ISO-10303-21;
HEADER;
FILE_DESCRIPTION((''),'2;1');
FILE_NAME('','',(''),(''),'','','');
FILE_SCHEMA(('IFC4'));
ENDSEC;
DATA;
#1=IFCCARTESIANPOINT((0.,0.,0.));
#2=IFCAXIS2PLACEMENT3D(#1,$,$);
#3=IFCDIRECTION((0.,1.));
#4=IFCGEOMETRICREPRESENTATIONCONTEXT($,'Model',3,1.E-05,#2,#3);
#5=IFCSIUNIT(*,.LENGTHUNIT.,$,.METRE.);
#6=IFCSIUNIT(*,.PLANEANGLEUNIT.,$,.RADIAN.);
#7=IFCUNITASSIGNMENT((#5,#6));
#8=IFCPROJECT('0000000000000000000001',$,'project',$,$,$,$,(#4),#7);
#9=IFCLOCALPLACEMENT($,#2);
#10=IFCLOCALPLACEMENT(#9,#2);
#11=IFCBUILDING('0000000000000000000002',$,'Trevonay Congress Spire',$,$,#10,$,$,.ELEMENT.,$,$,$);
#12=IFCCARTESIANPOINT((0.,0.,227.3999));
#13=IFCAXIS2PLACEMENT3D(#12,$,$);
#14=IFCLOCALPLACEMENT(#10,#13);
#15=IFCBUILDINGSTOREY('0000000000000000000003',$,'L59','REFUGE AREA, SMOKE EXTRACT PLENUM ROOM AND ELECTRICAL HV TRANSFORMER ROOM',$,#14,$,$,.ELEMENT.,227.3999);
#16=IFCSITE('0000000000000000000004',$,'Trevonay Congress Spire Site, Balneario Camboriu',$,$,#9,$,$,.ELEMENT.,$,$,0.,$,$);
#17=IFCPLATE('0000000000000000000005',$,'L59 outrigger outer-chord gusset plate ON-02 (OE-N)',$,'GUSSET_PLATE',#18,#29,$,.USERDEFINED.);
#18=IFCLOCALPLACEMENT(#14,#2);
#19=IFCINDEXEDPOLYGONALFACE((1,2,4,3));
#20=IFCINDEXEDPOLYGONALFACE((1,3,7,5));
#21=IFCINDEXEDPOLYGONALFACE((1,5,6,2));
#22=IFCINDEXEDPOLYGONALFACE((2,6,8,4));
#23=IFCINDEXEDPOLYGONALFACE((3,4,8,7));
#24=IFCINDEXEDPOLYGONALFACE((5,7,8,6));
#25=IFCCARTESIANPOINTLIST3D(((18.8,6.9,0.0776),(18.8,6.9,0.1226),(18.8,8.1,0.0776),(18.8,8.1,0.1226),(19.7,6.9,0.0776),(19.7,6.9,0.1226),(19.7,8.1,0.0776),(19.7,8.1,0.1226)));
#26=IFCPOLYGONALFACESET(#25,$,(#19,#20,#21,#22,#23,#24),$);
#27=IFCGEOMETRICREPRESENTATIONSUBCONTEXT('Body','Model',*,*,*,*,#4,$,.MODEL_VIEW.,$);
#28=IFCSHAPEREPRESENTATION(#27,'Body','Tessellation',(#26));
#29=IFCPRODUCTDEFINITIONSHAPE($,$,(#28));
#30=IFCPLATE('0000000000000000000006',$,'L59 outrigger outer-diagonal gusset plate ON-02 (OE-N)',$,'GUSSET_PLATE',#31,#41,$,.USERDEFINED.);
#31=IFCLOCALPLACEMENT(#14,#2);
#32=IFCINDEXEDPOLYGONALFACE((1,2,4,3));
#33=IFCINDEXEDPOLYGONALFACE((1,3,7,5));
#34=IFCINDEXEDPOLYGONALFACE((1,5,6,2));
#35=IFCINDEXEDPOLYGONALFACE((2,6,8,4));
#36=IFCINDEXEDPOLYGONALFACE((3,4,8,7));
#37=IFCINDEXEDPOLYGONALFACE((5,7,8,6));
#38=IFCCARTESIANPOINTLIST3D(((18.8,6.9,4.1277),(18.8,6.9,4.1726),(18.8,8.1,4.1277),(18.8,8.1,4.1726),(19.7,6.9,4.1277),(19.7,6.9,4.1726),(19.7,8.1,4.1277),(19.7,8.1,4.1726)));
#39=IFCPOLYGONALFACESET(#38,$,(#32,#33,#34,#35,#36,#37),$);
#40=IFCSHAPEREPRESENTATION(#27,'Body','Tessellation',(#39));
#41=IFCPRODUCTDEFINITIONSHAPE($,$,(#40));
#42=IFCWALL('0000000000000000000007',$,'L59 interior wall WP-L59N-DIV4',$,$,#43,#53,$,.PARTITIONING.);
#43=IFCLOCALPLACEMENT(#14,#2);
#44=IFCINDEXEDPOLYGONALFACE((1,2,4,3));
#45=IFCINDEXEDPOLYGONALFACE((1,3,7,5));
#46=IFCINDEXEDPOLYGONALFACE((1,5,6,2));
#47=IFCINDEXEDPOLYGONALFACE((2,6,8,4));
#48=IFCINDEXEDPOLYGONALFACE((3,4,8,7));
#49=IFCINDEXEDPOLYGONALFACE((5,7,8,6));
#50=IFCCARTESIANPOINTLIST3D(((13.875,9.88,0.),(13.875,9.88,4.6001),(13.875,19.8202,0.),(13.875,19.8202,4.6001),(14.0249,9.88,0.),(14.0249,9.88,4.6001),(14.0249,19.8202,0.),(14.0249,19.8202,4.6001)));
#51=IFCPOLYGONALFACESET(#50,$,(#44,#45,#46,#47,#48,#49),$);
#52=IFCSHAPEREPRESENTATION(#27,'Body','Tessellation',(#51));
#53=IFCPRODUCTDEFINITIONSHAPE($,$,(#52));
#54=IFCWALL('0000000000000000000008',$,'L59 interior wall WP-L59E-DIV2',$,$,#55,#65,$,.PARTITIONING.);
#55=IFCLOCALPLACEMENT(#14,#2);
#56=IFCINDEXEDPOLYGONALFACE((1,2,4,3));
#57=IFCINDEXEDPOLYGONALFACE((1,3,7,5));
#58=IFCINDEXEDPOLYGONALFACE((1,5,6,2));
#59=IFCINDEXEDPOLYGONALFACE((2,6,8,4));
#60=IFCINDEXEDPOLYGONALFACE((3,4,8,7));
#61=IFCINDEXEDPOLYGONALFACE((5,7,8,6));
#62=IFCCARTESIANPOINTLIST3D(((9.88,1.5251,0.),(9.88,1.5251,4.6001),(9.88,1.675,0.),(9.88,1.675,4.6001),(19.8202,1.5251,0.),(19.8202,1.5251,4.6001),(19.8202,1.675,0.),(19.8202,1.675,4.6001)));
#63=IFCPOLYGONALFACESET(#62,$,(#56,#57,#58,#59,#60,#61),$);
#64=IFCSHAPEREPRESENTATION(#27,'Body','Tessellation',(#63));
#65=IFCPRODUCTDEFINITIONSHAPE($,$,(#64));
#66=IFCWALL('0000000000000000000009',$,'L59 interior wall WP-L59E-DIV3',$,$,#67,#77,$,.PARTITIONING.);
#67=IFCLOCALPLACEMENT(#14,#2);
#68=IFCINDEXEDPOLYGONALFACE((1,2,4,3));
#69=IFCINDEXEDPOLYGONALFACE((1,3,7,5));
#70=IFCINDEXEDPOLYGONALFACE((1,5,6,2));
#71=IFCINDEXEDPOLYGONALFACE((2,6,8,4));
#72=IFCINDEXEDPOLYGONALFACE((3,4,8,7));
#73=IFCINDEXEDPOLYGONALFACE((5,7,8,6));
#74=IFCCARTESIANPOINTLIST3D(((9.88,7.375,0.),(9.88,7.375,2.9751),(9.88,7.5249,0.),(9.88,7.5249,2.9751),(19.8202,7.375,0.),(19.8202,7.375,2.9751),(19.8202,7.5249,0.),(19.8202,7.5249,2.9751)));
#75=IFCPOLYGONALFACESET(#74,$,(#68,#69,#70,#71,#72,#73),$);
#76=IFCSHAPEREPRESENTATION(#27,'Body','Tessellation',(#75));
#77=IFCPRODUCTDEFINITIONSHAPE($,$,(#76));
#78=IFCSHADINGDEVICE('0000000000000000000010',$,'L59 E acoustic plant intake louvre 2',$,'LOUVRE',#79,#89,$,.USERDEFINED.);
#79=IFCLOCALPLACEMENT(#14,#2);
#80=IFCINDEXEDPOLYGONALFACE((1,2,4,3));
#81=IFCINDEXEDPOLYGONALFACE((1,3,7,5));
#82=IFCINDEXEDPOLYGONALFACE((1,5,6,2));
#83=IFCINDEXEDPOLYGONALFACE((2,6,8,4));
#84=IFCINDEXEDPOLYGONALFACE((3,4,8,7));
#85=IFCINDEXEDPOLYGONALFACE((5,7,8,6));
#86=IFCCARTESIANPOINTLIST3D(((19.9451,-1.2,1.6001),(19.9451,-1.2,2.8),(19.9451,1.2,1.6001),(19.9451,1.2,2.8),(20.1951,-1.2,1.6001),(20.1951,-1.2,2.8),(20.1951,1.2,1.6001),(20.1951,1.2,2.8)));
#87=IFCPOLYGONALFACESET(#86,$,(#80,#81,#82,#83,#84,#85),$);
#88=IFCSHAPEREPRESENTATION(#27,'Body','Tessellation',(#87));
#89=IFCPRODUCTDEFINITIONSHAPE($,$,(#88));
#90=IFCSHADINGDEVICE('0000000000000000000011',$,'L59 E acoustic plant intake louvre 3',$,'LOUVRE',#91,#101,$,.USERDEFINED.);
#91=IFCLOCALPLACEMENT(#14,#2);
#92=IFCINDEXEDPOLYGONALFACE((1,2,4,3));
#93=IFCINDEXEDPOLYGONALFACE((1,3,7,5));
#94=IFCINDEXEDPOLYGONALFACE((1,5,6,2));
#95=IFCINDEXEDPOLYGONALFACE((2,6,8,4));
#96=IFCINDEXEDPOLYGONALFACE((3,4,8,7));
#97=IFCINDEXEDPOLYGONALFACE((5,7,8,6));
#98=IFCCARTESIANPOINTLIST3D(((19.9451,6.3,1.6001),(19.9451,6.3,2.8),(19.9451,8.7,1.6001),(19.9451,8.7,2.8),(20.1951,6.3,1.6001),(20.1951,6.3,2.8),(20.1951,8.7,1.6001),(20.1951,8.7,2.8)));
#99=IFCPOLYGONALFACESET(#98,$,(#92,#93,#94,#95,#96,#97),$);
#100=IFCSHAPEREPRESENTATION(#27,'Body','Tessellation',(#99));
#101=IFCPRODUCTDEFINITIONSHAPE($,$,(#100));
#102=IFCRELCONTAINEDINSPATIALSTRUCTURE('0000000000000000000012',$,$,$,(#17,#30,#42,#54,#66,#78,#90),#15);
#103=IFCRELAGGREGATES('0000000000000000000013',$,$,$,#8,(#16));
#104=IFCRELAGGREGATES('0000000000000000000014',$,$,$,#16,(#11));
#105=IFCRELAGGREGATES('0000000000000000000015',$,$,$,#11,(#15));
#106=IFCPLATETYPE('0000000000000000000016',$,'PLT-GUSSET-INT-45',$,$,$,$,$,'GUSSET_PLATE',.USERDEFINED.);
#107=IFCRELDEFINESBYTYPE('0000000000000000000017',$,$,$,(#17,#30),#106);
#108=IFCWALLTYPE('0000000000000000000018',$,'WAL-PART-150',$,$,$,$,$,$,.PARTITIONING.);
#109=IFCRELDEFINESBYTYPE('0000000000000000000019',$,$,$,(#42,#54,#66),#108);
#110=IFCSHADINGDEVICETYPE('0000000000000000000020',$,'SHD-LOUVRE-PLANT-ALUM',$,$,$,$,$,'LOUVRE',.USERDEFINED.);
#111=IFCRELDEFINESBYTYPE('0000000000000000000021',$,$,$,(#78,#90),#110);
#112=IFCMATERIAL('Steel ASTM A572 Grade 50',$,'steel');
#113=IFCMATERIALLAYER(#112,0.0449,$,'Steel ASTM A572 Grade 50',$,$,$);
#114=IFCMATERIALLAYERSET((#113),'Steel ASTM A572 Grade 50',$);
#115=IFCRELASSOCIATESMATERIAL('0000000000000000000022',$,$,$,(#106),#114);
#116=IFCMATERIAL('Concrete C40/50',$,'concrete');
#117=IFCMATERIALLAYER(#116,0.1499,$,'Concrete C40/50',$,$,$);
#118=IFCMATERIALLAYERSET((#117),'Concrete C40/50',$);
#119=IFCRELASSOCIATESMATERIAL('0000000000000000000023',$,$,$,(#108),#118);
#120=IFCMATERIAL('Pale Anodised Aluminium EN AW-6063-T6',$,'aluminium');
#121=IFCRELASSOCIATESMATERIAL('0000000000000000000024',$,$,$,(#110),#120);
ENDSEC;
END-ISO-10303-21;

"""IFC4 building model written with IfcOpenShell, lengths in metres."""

from ifc_helpers import new_model, si_unit, direction, frame, frame_2d, origin, origin_2d, place, context, subcontext, project, spatial, rectangle, extrude, material, layer, layer_set, type_object, element, save


model = new_model("IFC4")

# Units and contexts
model_context = context("Model", 3, precision=1e-05, world=origin(), true_north=direction((0.0, 1.0)))
body_context = subcontext(model_context, "Body", "Model", "MODEL_VIEW")
ifc_project = project(units=[si_unit("LENGTHUNIT", "METRE"), si_unit("PLANEANGLEUNIT", "RADIAN")], contexts=[model_context])

# Site, building, storey
site_placement = place(None, origin())
site = spatial("IfcSite", under=ifc_project, at=site_placement, Name="Trevonay Congress Spire Site, Balneario Camboriu", CompositionType="ELEMENT", RefElevation=0.0)
building_placement = place(site_placement, origin())
building = spatial("IfcBuilding", under=site, at=building_placement, Name="Trevonay Congress Spire", CompositionType="ELEMENT")
storey_placement = place(building_placement, frame((0.0, 0.0, 227.3999)))
storey = spatial("IfcBuildingStorey", under=building, at=storey_placement, Name="L59", Description="REFUGE AREA, SMOKE EXTRACT PLENUM ROOM AND ELECTRICAL HV TRANSFORMER ROOM", CompositionType="ELEMENT", Elevation=227.3999)

# Shared definitions
ifc_material_1 = material(Name="Steel ASTM A572 Grade 50", Category="steel")

# Plates
ifc_layer_1 = layer(ifc_material_1, 0.0449, Name="Steel ASTM A572 Grade 50")
ifc_layer_set_1 = layer_set([ifc_layer_1], Name="Steel ASTM A572 Grade 50")
plate_type_1 = type_object("IfcPlateType", Name="PLT-GUSSET-INT-45", ElementType="GUSSET_PLATE", PredefinedType="USERDEFINED", material=ifc_layer_set_1)
for number, where, z_axis, x_axis, name in (
    (1, (19.25, 7.5, 0.0776), (0.0, 0.0, 1.0), (0.0, 1.0, 0.0), "L59 outrigger outer-chord gusset plate ON-02 (OE-N)"),
    (2, (19.25, 7.5, 4.1277), (0.0, 0.0, 1.0), (0.0, 1.0, 0.0), "L59 outrigger outer-diagonal gusset plate ON-02 (OE-N)"),
):
    element("IfcPlate", number, at=place(storey_placement, frame(where, z_axis=z_axis, x_axis=x_axis)), inside=storey, type_object=plate_type_1, Name=name, ObjectType="GUSSET_PLATE", PredefinedType="USERDEFINED", context=body_context, shape_type="SweptSolid", body=[
        extrude(rectangle(XDim=1.2, YDim=0.8999, at=origin_2d()), origin(), (0.0, 0.0, 1.0), 0.0449),
    ])

# Walls
ifc_material_2 = material(Name="Concrete C40/50", Category="concrete")
ifc_layer_2 = layer(ifc_material_2, 0.1499, Name="Concrete C40/50")
ifc_layer_set_2 = layer_set([ifc_layer_2], Name="Concrete C40/50")
wall_type = type_object("IfcWallType", Name="WAL-PART-150", PredefinedType="PARTITIONING", material=ifc_layer_set_2)
for number, where, z_axis, x_axis, name in (
    (3, (13.95, 9.8799, 0.0), (0.0, 0.0, 1.0), (0.0, 1.0, 0.0), "L59 interior wall WP-L59N-DIV4"),
    (4, (9.8799, 1.6001, 0.0), (0.0, 0.0, 1.0), (1.0, 0.0, 0.0), "L59 interior wall WP-L59E-DIV2"),
):
    element("IfcWall", number, at=place(storey_placement, frame(where, z_axis=z_axis, x_axis=x_axis)), inside=storey, type_object=wall_type, Name=name, PredefinedType="PARTITIONING", context=body_context, shape_type="SweptSolid", body=[
        extrude(rectangle(XDim=9.9402, YDim=0.1499, at=frame_2d((4.9702, 0.0))), origin(), (0.0, 0.0, 1.0), 4.6001),
    ])
wall_placement = place(storey_placement, frame((9.8799, 7.45, 0.0), z_axis=(0.0, 0.0, 1.0), x_axis=(1.0, 0.0, 0.0)))
element("IfcWall", 5, at=wall_placement, inside=storey, type_object=wall_type, Name="L59 interior wall WP-L59E-DIV3", PredefinedType="PARTITIONING", context=body_context, shape_type="SweptSolid", body=[
    extrude(rectangle(XDim=9.9402, YDim=0.1499, at=frame_2d((4.9702, 0.0))), origin(), (0.0, 0.0, 1.0), 2.9751),
])

# Shading devices
ifc_material_3 = material(Name="Pale Anodised Aluminium EN AW-6063-T6", Category="aluminium")
shading_device_type = type_object("IfcShadingDeviceType", Name="SHD-LOUVRE-PLANT-ALUM", ElementType="LOUVRE", PredefinedType="USERDEFINED", material=ifc_material_3)
for number, where, z_axis, x_axis, name in (
    (6, (20.0701, 0.0, 1.6001), (0.0, 0.0, 1.0), (0.0, 1.0, 0.0), "L59 E acoustic plant intake louvre 2"),
    (7, (20.0701, 7.5, 1.6001), (0.0, 0.0, 1.0), (0.0, 1.0, 0.0), "L59 E acoustic plant intake louvre 3"),
):
    element("IfcShadingDevice", number, at=place(storey_placement, frame(where, z_axis=z_axis, x_axis=x_axis)), inside=storey, type_object=shading_device_type, Name=name, ObjectType="LOUVRE", PredefinedType="USERDEFINED", context=body_context, shape_type="SweptSolid", body=[
        extrude(rectangle(XDim=2.3999, YDim=0.25, at=origin_2d()), origin(), (0.0, 0.0, 1.0), 1.2),
    ])

save(model, "model.ifc")
